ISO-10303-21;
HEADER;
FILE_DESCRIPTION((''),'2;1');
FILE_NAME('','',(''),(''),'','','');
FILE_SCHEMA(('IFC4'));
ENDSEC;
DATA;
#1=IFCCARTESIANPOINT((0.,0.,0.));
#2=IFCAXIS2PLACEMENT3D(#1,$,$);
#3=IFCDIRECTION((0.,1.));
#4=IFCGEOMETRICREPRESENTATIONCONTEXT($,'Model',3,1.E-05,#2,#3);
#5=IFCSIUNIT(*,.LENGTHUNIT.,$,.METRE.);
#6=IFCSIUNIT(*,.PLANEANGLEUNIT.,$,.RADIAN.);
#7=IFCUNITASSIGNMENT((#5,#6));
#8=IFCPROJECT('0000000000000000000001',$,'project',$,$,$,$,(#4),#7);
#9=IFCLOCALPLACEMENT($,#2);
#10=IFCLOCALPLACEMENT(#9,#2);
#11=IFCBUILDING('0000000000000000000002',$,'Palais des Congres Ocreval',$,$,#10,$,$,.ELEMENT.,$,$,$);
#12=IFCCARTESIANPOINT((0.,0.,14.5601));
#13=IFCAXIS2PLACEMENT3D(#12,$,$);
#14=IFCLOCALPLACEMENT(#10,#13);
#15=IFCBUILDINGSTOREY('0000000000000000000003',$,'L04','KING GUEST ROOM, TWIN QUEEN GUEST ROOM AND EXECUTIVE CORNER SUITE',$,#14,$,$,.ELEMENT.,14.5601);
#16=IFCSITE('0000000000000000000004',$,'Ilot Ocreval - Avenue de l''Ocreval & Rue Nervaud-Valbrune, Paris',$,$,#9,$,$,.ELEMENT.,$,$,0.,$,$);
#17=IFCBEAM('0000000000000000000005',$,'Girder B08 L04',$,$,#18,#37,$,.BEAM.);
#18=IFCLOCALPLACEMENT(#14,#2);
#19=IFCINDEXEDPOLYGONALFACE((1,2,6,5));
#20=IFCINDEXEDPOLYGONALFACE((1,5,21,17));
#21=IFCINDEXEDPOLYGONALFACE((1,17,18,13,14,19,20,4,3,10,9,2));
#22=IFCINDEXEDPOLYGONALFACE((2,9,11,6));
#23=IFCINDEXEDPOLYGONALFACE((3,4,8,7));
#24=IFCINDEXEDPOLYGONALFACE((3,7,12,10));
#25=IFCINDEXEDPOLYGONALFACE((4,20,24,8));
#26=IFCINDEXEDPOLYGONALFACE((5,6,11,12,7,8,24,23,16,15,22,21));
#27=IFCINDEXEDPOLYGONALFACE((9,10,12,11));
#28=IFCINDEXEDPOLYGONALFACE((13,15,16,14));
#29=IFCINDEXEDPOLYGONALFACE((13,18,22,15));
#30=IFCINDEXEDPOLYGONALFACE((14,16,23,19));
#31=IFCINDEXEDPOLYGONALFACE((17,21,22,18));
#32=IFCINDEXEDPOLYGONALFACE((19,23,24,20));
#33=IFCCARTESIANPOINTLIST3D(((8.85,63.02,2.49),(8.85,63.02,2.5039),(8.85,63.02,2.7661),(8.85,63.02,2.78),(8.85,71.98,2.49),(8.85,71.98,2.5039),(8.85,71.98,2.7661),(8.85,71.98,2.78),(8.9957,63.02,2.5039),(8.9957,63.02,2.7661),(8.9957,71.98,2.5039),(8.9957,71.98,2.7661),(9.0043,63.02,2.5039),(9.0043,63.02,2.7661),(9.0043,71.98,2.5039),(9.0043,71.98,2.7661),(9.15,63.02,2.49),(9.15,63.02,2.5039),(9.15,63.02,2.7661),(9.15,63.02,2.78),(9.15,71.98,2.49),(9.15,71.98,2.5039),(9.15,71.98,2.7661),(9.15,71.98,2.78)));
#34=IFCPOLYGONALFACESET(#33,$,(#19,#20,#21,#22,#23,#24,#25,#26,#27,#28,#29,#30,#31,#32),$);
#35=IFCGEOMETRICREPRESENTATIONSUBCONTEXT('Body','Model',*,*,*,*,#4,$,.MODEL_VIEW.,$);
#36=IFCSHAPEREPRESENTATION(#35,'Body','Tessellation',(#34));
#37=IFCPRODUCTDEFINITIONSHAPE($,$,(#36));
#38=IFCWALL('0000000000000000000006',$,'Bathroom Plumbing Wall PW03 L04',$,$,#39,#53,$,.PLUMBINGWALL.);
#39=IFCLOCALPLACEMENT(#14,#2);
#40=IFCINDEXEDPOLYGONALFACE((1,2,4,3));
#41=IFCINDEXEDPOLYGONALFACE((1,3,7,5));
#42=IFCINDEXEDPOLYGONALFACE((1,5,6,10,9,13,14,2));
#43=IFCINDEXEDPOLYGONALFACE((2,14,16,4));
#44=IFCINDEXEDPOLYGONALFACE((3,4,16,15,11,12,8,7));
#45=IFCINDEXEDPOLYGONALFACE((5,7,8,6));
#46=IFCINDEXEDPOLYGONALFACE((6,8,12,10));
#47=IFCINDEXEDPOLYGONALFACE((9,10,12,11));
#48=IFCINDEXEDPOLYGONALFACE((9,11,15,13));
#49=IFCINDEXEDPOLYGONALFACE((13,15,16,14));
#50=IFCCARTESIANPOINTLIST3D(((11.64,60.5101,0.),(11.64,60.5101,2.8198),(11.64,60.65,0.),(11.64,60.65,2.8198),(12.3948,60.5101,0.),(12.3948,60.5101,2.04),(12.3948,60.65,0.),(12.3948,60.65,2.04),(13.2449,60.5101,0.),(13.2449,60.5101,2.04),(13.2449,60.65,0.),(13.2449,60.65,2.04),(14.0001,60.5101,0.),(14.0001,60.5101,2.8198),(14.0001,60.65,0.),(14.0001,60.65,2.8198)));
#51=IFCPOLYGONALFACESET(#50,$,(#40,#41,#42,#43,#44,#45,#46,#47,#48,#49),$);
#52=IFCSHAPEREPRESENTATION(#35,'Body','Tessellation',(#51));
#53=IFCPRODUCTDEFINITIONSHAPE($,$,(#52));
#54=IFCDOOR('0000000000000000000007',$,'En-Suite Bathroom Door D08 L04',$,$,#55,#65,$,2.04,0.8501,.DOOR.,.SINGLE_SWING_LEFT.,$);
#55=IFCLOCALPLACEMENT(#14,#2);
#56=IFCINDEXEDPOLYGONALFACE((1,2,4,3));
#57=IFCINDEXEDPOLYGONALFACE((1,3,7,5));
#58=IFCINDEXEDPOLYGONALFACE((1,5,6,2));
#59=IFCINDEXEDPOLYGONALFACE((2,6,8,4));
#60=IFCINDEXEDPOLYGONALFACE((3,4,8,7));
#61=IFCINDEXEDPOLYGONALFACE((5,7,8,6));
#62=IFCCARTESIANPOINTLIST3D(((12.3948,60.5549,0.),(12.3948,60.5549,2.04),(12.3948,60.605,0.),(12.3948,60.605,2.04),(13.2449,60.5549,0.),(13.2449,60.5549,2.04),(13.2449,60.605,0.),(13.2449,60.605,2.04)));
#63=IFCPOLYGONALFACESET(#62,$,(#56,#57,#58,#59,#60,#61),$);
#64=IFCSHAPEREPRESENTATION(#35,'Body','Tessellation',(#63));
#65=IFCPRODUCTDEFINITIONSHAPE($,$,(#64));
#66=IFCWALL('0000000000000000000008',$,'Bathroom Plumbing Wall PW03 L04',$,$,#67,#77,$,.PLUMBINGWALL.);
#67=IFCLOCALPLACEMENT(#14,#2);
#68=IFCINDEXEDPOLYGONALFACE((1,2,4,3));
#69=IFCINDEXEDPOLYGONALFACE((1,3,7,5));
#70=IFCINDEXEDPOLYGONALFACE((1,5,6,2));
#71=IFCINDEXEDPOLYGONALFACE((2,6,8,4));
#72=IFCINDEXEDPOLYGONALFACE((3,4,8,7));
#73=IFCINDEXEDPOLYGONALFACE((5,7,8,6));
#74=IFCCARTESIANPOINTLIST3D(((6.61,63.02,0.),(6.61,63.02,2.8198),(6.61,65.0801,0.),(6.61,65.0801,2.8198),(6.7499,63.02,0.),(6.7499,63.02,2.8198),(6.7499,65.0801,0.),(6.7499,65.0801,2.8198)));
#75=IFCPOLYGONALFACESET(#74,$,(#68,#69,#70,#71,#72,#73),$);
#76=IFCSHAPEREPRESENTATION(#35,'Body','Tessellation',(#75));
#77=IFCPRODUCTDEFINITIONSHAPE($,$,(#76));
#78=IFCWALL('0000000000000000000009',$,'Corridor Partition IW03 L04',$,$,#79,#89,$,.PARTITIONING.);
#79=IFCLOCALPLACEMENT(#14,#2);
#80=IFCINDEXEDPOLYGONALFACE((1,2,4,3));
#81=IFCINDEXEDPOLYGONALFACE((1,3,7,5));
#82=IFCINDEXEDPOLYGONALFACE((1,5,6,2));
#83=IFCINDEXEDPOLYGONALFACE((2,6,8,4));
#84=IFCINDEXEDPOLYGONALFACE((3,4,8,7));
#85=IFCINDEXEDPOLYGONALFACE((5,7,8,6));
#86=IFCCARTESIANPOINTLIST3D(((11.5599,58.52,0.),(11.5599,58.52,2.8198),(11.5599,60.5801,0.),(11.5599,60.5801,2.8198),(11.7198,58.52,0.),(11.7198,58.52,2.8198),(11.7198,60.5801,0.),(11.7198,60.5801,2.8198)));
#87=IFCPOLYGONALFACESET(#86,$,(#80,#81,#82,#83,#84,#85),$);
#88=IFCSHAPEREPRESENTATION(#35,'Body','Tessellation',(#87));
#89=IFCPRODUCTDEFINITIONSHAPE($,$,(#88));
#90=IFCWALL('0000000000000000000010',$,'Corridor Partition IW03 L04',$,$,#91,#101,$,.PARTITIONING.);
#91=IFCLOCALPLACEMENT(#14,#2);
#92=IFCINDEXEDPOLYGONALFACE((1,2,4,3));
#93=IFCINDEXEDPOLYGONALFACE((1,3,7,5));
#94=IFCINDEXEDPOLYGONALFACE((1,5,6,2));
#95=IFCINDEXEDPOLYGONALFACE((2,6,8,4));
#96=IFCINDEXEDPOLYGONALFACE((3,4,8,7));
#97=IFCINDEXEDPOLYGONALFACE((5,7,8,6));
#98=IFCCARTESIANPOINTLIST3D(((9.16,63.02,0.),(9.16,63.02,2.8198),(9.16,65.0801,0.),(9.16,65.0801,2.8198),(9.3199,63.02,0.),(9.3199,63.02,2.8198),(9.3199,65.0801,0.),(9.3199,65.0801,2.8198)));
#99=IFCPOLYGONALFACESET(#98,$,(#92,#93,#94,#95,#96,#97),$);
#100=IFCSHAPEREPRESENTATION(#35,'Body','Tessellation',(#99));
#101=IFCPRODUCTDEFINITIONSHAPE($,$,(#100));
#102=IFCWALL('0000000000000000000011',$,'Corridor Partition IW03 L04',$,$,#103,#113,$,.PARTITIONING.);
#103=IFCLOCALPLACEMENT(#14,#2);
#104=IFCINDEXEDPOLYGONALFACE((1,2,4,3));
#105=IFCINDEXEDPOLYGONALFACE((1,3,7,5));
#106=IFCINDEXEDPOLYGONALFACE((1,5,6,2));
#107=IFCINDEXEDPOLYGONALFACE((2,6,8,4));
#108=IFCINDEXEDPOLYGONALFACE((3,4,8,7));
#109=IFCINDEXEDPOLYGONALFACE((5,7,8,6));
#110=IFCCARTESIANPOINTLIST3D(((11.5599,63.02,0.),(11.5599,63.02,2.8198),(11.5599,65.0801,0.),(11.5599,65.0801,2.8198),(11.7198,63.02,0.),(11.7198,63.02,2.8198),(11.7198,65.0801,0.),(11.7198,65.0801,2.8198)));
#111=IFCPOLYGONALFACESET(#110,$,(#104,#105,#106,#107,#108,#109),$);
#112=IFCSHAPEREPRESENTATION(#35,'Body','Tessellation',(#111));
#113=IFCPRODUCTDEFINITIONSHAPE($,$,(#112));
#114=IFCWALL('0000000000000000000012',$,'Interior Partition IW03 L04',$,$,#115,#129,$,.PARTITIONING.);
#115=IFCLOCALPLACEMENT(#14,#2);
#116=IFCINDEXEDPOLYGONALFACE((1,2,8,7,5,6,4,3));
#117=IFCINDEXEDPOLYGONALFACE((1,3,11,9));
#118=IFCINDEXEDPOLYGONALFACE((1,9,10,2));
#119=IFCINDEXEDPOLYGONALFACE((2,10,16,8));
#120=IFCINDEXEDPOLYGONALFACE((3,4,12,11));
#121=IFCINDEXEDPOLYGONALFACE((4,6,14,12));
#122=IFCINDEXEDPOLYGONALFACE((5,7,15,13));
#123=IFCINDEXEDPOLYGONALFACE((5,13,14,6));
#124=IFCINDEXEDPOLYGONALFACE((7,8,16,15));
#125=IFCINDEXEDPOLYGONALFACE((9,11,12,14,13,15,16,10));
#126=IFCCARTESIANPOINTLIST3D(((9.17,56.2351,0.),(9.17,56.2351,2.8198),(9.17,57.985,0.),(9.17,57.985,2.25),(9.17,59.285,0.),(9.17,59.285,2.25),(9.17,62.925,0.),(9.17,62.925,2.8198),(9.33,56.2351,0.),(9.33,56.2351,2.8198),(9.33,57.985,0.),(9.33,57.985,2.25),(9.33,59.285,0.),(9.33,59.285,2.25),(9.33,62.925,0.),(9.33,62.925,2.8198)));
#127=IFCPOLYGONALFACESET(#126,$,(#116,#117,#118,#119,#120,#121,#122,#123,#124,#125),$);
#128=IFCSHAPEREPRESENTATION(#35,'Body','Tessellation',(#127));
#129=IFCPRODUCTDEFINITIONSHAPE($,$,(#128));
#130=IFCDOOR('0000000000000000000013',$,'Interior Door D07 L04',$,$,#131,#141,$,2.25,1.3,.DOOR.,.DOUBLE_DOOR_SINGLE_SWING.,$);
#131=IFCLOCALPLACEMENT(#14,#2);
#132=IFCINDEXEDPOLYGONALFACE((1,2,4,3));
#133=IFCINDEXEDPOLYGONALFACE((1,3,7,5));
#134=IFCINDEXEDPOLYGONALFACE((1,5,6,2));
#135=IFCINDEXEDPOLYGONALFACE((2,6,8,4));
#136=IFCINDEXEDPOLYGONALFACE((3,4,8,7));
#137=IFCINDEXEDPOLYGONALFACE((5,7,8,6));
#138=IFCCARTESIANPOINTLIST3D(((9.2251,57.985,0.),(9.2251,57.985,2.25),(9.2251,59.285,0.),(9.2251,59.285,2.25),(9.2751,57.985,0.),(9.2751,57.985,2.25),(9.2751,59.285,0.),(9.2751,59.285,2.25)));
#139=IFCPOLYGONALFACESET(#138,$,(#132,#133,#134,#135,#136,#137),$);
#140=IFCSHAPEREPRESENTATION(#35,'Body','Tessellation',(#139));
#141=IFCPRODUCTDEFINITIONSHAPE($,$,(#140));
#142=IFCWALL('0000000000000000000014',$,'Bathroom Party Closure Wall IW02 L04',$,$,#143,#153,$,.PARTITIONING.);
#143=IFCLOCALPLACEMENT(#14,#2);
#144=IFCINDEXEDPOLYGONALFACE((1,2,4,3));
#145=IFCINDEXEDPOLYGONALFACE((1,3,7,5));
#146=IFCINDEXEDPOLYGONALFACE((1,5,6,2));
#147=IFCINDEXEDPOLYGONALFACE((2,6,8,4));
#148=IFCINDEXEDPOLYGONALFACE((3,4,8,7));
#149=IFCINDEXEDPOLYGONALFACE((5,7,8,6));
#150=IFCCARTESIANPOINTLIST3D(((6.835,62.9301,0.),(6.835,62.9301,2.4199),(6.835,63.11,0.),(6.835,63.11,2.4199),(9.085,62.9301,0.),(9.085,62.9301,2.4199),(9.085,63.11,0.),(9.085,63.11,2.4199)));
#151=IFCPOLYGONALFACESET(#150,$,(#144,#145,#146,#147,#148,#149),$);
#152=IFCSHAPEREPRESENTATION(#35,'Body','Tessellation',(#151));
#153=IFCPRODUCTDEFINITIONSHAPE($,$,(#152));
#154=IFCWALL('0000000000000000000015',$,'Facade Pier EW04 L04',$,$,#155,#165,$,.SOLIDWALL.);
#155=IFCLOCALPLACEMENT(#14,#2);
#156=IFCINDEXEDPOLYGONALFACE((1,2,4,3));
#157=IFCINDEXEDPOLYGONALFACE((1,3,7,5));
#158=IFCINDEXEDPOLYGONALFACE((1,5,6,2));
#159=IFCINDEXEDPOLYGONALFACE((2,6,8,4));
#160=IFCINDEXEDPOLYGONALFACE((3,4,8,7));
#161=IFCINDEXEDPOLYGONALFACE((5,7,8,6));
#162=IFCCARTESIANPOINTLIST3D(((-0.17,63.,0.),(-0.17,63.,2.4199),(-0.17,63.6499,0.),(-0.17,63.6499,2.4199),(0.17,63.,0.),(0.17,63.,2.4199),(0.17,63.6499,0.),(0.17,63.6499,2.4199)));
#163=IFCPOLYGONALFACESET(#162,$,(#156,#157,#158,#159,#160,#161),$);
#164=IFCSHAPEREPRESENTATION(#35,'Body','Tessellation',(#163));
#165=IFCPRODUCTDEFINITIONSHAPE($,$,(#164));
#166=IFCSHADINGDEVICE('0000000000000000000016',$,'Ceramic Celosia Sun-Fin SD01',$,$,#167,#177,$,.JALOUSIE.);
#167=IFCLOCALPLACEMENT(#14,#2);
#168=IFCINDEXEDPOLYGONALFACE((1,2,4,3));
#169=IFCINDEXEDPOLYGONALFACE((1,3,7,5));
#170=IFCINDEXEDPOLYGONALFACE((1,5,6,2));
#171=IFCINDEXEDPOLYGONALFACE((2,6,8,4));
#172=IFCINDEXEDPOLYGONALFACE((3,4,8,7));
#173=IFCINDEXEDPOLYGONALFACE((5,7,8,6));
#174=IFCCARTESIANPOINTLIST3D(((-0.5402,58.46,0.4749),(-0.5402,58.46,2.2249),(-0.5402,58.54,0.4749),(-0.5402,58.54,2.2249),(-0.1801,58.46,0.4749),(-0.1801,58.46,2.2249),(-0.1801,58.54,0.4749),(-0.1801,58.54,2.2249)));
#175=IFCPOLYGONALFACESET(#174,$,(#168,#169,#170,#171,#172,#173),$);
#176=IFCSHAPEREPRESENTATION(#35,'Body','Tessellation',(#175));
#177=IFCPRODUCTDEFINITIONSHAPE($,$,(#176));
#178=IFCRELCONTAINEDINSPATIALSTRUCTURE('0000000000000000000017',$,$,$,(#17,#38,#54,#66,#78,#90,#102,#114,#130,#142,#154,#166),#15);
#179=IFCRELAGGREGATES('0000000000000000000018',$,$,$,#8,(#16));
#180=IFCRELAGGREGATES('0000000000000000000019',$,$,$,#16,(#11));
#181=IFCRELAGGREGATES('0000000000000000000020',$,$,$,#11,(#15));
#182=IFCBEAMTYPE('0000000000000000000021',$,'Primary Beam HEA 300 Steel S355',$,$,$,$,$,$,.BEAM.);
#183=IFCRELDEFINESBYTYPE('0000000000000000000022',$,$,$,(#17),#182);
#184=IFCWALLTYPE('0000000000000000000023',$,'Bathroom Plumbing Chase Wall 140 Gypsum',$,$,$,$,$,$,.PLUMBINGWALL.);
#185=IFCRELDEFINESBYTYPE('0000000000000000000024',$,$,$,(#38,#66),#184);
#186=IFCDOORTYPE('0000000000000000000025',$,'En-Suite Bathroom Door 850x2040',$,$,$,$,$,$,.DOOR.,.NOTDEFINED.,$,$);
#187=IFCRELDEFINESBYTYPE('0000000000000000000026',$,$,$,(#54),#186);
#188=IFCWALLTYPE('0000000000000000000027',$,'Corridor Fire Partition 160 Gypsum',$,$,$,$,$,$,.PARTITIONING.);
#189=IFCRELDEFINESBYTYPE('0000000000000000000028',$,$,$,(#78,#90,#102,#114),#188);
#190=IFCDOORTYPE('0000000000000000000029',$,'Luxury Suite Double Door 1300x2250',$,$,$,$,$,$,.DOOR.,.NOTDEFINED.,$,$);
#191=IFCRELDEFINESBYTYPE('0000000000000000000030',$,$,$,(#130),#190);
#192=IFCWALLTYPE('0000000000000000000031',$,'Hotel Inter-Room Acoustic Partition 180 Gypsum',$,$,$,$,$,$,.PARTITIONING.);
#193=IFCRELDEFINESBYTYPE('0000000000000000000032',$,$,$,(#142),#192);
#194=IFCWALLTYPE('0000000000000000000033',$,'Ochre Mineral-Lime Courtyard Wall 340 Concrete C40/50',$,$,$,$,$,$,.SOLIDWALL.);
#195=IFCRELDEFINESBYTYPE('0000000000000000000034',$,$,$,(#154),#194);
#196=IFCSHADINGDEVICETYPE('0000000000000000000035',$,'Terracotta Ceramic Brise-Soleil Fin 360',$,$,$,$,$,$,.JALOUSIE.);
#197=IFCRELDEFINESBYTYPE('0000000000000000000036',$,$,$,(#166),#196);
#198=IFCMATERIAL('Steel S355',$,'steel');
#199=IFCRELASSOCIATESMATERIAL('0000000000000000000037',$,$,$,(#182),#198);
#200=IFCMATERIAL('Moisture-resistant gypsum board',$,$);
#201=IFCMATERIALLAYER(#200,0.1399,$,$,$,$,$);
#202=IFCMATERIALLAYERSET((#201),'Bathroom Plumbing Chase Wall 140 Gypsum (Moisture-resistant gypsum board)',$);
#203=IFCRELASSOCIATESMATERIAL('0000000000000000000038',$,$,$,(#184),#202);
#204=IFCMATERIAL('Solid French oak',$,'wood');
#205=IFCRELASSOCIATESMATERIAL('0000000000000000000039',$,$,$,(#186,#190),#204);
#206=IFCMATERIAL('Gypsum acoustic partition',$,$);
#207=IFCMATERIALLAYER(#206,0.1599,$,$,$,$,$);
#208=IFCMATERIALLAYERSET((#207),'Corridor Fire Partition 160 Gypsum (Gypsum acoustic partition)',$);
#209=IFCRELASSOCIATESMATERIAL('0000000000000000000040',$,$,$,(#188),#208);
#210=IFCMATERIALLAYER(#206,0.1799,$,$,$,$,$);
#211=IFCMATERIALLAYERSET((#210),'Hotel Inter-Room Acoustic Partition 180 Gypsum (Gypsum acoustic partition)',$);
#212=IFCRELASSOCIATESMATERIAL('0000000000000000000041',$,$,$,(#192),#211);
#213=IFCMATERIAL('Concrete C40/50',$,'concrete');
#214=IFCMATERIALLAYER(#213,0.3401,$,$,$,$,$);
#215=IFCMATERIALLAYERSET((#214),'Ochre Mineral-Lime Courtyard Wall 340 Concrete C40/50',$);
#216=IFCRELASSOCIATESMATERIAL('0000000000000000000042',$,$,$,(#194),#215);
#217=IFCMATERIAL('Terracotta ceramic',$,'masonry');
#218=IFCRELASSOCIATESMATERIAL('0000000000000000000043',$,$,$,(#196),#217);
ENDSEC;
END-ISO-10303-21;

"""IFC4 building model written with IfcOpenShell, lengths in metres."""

from ifc_helpers import new_model, si_unit, direction, frame, frame_2d, origin, origin_2d, place, context, subcontext, project, spatial, rectangle, i_section, extrude, material, layer, layer_set, material_profile, profile_set, type_object, element, fill, save


model = new_model("IFC4")

# Units and contexts
model_context = context("Model", 3, precision=1e-05, world=origin(), true_north=direction((0.0, 1.0)))
body_context = subcontext(model_context, "Body", "Model", "MODEL_VIEW")
ifc_project = project(units=[si_unit("LENGTHUNIT", "METRE"), si_unit("PLANEANGLEUNIT", "RADIAN")], contexts=[model_context])

# Site, building, storey
site_placement = place(None, origin())
site = spatial("IfcSite", under=ifc_project, at=site_placement, Name="Ilot Ocreval - Avenue de l'Ocreval & Rue Nervaud-Valbrune, Paris", CompositionType="ELEMENT", RefElevation=0.0)
building_placement = place(site_placement, origin())
building = spatial("IfcBuilding", under=site, at=building_placement, Name="Palais des Congres Ocreval", CompositionType="ELEMENT")
storey_placement = place(building_placement, frame((0.0, 0.0, 14.5601)))
storey = spatial("IfcBuildingStorey", under=building, at=storey_placement, Name="L04", Description="KING GUEST ROOM, TWIN QUEEN GUEST ROOM AND EXECUTIVE CORNER SUITE", CompositionType="ELEMENT", Elevation=14.5601)

# Shared definitions
ifc_material_1 = material(Name="Steel S355", Category="steel")
ifc_material_2 = material(Name="Concrete C40/50", Category="concrete")

# Beam
ifc_material_profile_1 = material_profile(ifc_material_1, i_section(OverallWidth=0.3, OverallDepth=0.29, WebThickness=0.0085, FlangeThickness=0.0139, at=origin_2d()), Name="HEA 300")
ifc_profile_set_1 = profile_set([ifc_material_profile_1], Name="Steel S355")
beam_type_1 = type_object("IfcBeamType", Name="Primary Beam HEA 300 Steel S355", PredefinedType="BEAM", material=ifc_profile_set_1)
beam_1_placement = place(storey_placement, frame((9.0, 63.02, 2.635), z_axis=(0.0, 1.0, 0.0), x_axis=(-1.0, 0.0, 0.0)))
element("IfcBeam", 1, at=beam_1_placement, inside=storey, type_object=beam_type_1, Name="Girder B08 L04", PredefinedType="BEAM", context=body_context, shape_type="SweptSolid", body=[
    extrude(i_section(OverallWidth=0.3, OverallDepth=0.29, WebThickness=0.0085, FlangeThickness=0.0139, at=origin_2d()), origin(), (0.0, 0.0, 1.0), 8.96),
])

# Wall, opening, door
ifc_material_3 = material(Name="Moisture-resistant gypsum board")
ifc_layer_1 = layer(ifc_material_3, 0.1399)
ifc_layer_set_1 = layer_set([ifc_layer_1], Name="Bathroom Plumbing Chase Wall 140 Gypsum (Moisture-resistant gypsum board)")
wall_type_1 = type_object("IfcWallType", Name="Bathroom Plumbing Chase Wall 140 Gypsum", PredefinedType="PLUMBINGWALL", material=ifc_layer_set_1)
wall_1_placement = place(storey_placement, frame((11.6399, 60.5801, 0.0), z_axis=(0.0, 0.0, 1.0), x_axis=(1.0, 0.0, 0.0)))
wall_1 = element("IfcWall", 2, at=wall_1_placement, inside=storey, type_object=wall_type_1, Name="Bathroom Plumbing Wall PW03 L04", PredefinedType="PLUMBINGWALL", context=body_context, shape_type="SweptSolid", body=[
    extrude(rectangle(XDim=2.3601, YDim=0.1399, at=frame_2d((1.1802, 0.0))), origin(), (0.0, 0.0, 1.0), 2.8198),
])
opening_1_placement = place(wall_1_placement, frame((0.7549, 0.0, 0.0)))
opening_1 = element("IfcOpeningElement", 3, at=opening_1_placement, cuts=wall_1, PredefinedType="OPENING", context=body_context, shape_type="SweptSolid", body=[
    extrude(rectangle(XDim=0.8501, YDim=2.04, at=frame_2d((0.425, 1.02))), frame((0.0, 0.0798, 0.0), z_axis=(0.0, -1.0, 0.0), x_axis=(1.0, 0.0, 0.0)), (0.0, 0.0, 1.0), 0.1599),
])
ifc_material_4 = material(Name="Solid French oak", Category="wood")
door_type_1 = type_object("IfcDoorType", Name="En-Suite Bathroom Door 850x2040", OperationType="NOTDEFINED", PredefinedType="DOOR", material=ifc_material_4)
door_1_placement = place(opening_1_placement, origin())
door_1 = element("IfcDoor", 4, at=door_1_placement, inside=storey, type_object=door_type_1, Name="En-Suite Bathroom Door D08 L04", OperationType="SINGLE_SWING_LEFT", OverallHeight=2.04, OverallWidth=0.8501, PredefinedType="DOOR", context=body_context, shape_type="SweptSolid", body=[
    extrude(rectangle(XDim=0.8501, YDim=2.04, at=frame_2d((0.425, 1.02))), frame((0.0, 0.0249, 0.0), z_axis=(0.0, -1.0, 0.0), x_axis=(1.0, 0.0, 0.0)), (0.0, 0.0, 1.0), 0.05),
])
fill(opening_1, door_1)

# Walls
wall_2_placement = place(storey_placement, frame((6.6799, 63.02, 0.0), z_axis=(0.0, 0.0, 1.0), x_axis=(0.0, 1.0, 0.0)))
element("IfcWall", 5, at=wall_2_placement, inside=storey, type_object=wall_type_1, Name="Bathroom Plumbing Wall PW03 L04", PredefinedType="PLUMBINGWALL", context=body_context, shape_type="SweptSolid", body=[
    extrude(rectangle(XDim=2.0601, YDim=0.1399, at=frame_2d((1.03, 0.0))), origin(), (0.0, 0.0, 1.0), 2.8198),
])
ifc_material_5 = material(Name="Gypsum acoustic partition")
ifc_layer_2 = layer(ifc_material_5, 0.1599)
ifc_layer_set_2 = layer_set([ifc_layer_2], Name="Corridor Fire Partition 160 Gypsum (Gypsum acoustic partition)")
wall_type_2 = type_object("IfcWallType", Name="Corridor Fire Partition 160 Gypsum", PredefinedType="PARTITIONING", material=ifc_layer_set_2)
for number, where, z_axis, x_axis, name in (
    (6, (11.6399, 58.52, 0.0), (0.0, 0.0, 1.0), (0.0, 1.0, 0.0), "Corridor Partition IW03 L04"),
    (7, (9.24, 63.02, 0.0), (0.0, 0.0, 1.0), (0.0, 1.0, 0.0), "Corridor Partition IW03 L04"),
    (8, (11.6399, 63.02, 0.0), (0.0, 0.0, 1.0), (0.0, 1.0, 0.0), "Corridor Partition IW03 L04"),
):
    element("IfcWall", number, at=place(storey_placement, frame(where, z_axis=z_axis, x_axis=x_axis)), inside=storey, type_object=wall_type_2, Name=name, PredefinedType="PARTITIONING", context=body_context, shape_type="SweptSolid", body=[
        extrude(rectangle(XDim=2.0601, YDim=0.1599, at=frame_2d((1.03, 0.0))), origin(), (0.0, 0.0, 1.0), 2.8198),
    ])

# Wall, opening, door
wall_3_placement = place(storey_placement, frame((9.25, 56.2351, 0.0), z_axis=(0.0, 0.0, 1.0), x_axis=(0.0, 1.0, 0.0)))
wall_3 = element("IfcWall", 9, at=wall_3_placement, inside=storey, type_object=wall_type_2, Name="Interior Partition IW03 L04", PredefinedType="PARTITIONING", context=body_context, shape_type="SweptSolid", body=[
    extrude(rectangle(XDim=6.6899, YDim=0.1599, at=frame_2d((3.345, 0.0))), origin(), (0.0, 0.0, 1.0), 2.8198),
])
opening_2_placement = place(wall_3_placement, frame((1.75, 0.0, 0.0)))
opening_2 = element("IfcOpeningElement", 10, at=opening_2_placement, cuts=wall_3, PredefinedType="OPENING", context=body_context, shape_type="SweptSolid", body=[
    extrude(rectangle(XDim=1.3, YDim=2.25, at=frame_2d((0.6499, 1.125))), frame((0.0, 0.0898, 0.0), z_axis=(0.0, -1.0, 0.0), x_axis=(1.0, 0.0, 0.0)), (0.0, 0.0, 1.0), 0.1799),
])
door_type_2 = type_object("IfcDoorType", Name="Luxury Suite Double Door 1300x2250", OperationType="NOTDEFINED", PredefinedType="DOOR", material=ifc_material_4)
door_2_placement = place(opening_2_placement, origin())
door_2 = element("IfcDoor", 11, at=door_2_placement, inside=storey, type_object=door_type_2, Name="Interior Door D07 L04", OperationType="DOUBLE_DOOR_SINGLE_SWING", OverallHeight=2.25, OverallWidth=1.3, PredefinedType="DOOR", context=body_context, shape_type="SweptSolid", body=[
    extrude(rectangle(XDim=1.3, YDim=2.25, at=frame_2d((0.6499, 1.125))), frame((0.0, 0.0249, 0.0), z_axis=(0.0, -1.0, 0.0), x_axis=(1.0, 0.0, 0.0)), (0.0, 0.0, 1.0), 0.05),
])
fill(opening_2, door_2)

# Walls
ifc_layer_3 = layer(ifc_material_5, 0.1799)
ifc_layer_set_3 = layer_set([ifc_layer_3], Name="Hotel Inter-Room Acoustic Partition 180 Gypsum (Gypsum acoustic partition)")
wall_type_3 = type_object("IfcWallType", Name="Hotel Inter-Room Acoustic Partition 180 Gypsum", PredefinedType="PARTITIONING", material=ifc_layer_set_3)
wall_4_placement = place(storey_placement, frame((6.835, 63.02, 0.0), z_axis=(0.0, 0.0, 1.0), x_axis=(1.0, 0.0, 0.0)))
element("IfcWall", 12, at=wall_4_placement, inside=storey, type_object=wall_type_3, Name="Bathroom Party Closure Wall IW02 L04", PredefinedType="PARTITIONING", context=body_context, shape_type="SweptSolid", body=[
    extrude(rectangle(XDim=2.25, YDim=0.1799, at=frame_2d((1.125, 0.0))), origin(), (0.0, 0.0, 1.0), 2.4199),
])
ifc_layer_4 = layer(ifc_material_2, 0.3401)
ifc_layer_set_4 = layer_set([ifc_layer_4], Name="Ochre Mineral-Lime Courtyard Wall 340 Concrete C40/50")
wall_type_4 = type_object("IfcWallType", Name="Ochre Mineral-Lime Courtyard Wall 340 Concrete C40/50", PredefinedType="SOLIDWALL", material=ifc_layer_set_4)
wall_5_placement = place(storey_placement, frame((0.0, 63.0, 0.0), z_axis=(0.0, 0.0, 1.0), x_axis=(0.0, 1.0, 0.0)))
element("IfcWall", 13, at=wall_5_placement, inside=storey, type_object=wall_type_4, Name="Facade Pier EW04 L04", PredefinedType="SOLIDWALL", context=body_context, shape_type="SweptSolid", body=[
    extrude(rectangle(XDim=0.6499, YDim=0.3401, at=frame_2d((0.325, 0.0))), origin(), (0.0, 0.0, 1.0), 2.4199),
])

# Shading device
ifc_material_6 = material(Name="Terracotta ceramic", Category="masonry")
shading_device_type = type_object("IfcShadingDeviceType", Name="Terracotta Ceramic Brise-Soleil Fin 360", PredefinedType="JALOUSIE", material=ifc_material_6)
for number, where, z_axis, x_axis, name in (
    (14, (-0.3601, 58.5, 0.4749), (0.0, 0.0, 1.0), (-1.0, 0.0, 0.0), "Ceramic Celosia Sun-Fin SD01"),
):
    element("IfcShadingDevice", number, at=place(storey_placement, frame(where, z_axis=z_axis, x_axis=x_axis)), inside=storey, type_object=shading_device_type, Name=name, PredefinedType="JALOUSIE", context=body_context, shape_type="SweptSolid", body=[
        extrude(rectangle(XDim=0.3601, YDim=0.0801, at=origin_2d()), origin(), (0.0, 0.0, 1.0), 1.75),
    ])

save(model, "model.ifc")
